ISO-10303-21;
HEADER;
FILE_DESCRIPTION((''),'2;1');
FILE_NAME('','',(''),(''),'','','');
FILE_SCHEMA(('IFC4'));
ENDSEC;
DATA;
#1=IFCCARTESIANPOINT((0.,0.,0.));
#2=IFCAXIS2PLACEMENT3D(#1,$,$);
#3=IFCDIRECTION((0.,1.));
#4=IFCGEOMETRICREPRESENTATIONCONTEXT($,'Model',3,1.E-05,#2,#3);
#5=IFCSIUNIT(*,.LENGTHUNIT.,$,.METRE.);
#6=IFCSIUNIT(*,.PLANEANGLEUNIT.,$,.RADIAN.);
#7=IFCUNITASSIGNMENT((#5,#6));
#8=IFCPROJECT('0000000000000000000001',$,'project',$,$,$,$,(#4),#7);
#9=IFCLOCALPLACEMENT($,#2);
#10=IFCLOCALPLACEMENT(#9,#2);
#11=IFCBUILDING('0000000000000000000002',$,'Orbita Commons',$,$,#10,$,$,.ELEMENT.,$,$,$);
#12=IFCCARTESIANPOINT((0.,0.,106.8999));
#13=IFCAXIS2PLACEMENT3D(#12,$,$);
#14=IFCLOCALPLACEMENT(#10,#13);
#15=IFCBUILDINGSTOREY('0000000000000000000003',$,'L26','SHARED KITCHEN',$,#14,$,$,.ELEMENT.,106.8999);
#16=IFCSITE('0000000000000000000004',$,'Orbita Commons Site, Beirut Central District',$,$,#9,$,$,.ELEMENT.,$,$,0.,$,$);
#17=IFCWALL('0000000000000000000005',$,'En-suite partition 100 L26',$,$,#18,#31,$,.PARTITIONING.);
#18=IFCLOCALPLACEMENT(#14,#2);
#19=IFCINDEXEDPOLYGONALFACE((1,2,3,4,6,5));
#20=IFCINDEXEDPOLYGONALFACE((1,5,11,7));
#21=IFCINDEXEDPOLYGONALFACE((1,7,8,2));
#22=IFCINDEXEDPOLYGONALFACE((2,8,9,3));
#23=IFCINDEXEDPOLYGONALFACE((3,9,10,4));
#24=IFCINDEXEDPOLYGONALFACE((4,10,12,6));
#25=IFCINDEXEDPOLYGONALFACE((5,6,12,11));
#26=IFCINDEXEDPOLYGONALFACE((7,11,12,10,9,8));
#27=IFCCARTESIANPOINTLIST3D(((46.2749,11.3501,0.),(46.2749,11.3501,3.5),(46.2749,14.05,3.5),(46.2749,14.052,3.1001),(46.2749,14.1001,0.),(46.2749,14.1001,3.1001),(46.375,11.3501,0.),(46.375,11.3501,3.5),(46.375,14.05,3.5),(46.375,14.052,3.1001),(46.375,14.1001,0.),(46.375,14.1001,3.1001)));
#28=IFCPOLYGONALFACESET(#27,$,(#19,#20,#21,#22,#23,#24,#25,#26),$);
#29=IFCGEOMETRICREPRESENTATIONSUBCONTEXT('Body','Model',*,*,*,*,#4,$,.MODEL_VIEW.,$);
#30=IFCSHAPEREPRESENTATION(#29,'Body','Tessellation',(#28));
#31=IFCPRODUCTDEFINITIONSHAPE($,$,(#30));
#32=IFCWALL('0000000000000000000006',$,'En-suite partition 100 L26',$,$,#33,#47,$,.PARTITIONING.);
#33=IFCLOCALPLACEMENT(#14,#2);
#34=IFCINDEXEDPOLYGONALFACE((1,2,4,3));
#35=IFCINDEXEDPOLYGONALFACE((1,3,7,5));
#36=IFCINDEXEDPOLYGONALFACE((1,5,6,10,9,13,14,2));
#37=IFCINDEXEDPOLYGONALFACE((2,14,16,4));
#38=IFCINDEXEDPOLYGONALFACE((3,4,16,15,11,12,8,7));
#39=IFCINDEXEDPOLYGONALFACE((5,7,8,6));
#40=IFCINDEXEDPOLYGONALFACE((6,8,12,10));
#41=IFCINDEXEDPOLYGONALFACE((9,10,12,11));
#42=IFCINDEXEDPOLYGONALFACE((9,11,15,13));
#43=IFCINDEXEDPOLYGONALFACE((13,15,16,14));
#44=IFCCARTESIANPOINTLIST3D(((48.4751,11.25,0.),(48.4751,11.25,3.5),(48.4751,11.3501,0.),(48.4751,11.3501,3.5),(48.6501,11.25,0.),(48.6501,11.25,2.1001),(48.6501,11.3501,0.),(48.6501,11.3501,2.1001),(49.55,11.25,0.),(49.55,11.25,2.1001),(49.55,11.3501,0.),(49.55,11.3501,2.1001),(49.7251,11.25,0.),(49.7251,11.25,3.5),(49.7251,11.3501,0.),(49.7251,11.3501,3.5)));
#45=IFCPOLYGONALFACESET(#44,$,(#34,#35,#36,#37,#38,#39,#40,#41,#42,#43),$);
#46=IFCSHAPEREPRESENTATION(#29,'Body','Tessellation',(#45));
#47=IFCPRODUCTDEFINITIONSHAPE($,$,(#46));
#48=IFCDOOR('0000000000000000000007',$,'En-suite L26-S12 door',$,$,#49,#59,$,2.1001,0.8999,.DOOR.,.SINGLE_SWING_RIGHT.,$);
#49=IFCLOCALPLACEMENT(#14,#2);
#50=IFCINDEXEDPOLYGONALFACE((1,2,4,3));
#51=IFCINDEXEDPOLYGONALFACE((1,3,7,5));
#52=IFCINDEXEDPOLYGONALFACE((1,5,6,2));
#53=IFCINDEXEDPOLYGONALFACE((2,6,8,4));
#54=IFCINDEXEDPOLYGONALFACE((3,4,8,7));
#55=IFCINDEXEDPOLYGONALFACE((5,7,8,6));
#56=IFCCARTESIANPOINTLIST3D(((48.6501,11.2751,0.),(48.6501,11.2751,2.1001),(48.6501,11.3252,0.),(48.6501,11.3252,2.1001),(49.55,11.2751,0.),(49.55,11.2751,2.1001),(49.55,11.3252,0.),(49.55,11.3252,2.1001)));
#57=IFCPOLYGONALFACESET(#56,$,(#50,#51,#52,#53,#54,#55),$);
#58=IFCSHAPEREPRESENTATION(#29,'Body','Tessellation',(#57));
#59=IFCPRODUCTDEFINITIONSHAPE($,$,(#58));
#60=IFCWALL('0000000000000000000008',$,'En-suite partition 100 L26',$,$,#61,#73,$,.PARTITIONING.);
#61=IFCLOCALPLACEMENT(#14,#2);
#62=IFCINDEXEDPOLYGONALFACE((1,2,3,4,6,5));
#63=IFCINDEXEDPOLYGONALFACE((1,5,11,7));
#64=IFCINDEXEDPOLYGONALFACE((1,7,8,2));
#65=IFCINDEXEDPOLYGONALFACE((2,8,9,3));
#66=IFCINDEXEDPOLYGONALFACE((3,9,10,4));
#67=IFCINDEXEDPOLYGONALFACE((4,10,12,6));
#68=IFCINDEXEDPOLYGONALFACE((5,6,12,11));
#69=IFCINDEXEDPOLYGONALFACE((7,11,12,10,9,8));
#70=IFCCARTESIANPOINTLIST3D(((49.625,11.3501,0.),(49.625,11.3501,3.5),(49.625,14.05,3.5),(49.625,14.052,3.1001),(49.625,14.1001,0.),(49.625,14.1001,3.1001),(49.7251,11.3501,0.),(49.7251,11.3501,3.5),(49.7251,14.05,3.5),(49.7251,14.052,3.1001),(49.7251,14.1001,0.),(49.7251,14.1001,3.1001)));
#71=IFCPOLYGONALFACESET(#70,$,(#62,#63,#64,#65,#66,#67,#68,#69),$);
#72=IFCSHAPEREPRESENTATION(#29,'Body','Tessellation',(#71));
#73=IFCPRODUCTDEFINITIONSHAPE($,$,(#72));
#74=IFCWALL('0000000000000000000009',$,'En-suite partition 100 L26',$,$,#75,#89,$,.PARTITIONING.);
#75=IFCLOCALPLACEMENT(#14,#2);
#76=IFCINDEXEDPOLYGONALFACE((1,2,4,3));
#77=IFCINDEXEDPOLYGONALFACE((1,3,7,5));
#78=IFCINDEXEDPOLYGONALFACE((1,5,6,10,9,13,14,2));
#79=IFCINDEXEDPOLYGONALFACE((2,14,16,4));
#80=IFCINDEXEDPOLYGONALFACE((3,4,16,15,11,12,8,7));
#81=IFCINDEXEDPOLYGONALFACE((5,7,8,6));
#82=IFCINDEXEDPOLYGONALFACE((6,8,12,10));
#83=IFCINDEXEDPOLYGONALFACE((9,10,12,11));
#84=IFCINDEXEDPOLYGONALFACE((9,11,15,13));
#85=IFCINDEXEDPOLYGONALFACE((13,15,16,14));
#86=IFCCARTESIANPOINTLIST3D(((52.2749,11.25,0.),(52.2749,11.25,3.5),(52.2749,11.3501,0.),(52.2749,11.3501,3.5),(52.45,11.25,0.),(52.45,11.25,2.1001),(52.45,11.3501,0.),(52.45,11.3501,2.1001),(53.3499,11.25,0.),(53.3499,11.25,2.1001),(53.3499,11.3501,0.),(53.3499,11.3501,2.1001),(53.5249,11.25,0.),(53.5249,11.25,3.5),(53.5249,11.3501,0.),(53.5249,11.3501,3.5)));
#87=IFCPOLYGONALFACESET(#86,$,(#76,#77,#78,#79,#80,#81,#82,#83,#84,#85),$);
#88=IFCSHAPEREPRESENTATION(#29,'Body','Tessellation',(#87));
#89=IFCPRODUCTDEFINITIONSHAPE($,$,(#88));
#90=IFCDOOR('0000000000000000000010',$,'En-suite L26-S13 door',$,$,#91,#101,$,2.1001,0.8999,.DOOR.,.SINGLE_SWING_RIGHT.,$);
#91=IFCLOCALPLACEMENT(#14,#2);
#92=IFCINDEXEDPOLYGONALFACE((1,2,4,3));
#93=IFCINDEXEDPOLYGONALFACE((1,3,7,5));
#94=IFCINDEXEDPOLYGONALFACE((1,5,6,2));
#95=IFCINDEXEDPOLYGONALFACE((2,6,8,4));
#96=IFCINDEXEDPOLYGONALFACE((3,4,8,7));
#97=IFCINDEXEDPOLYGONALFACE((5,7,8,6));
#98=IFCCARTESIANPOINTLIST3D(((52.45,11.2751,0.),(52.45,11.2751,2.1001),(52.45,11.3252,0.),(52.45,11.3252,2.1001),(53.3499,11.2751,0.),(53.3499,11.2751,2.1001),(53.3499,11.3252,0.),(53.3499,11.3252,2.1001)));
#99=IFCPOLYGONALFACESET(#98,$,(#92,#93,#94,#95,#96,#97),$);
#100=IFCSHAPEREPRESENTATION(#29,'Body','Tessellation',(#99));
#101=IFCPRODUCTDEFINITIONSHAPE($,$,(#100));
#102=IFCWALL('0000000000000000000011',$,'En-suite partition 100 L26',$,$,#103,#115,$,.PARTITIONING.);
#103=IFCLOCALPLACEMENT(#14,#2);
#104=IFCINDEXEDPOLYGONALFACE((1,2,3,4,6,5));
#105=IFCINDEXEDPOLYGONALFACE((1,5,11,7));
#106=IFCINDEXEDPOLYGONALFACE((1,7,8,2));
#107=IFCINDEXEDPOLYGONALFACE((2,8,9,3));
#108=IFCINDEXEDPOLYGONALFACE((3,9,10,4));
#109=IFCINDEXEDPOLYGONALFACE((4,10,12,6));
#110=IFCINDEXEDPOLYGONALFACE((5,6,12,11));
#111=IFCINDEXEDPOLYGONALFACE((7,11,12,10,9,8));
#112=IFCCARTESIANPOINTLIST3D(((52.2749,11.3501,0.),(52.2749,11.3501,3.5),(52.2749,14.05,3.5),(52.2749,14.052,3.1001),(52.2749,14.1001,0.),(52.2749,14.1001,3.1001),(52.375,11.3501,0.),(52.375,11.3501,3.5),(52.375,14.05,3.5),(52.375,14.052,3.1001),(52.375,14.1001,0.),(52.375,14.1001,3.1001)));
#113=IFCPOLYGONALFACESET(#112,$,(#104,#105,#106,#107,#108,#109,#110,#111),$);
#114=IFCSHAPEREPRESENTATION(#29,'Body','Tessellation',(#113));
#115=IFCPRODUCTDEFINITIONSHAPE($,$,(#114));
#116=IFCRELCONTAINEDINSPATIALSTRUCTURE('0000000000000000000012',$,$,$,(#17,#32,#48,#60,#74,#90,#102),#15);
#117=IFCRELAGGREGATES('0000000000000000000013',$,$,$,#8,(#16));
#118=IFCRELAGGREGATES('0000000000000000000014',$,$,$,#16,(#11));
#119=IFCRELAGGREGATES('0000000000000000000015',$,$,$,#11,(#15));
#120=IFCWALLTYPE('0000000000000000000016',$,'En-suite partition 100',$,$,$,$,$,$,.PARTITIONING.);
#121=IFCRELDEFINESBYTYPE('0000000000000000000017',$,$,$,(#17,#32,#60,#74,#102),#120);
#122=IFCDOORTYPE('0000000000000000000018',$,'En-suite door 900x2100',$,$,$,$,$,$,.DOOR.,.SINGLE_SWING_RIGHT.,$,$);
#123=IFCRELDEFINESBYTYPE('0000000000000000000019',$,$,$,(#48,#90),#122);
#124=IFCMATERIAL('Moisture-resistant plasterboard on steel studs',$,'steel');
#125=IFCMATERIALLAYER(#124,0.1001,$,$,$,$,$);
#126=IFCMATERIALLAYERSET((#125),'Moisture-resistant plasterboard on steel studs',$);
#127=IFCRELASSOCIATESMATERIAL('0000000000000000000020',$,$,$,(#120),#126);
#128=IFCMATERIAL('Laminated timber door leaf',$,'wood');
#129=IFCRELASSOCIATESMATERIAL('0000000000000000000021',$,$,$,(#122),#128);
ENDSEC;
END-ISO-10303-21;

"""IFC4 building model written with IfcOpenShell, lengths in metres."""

from ifc_helpers import new_model, si_unit, direction, frame, frame_2d, origin, place, context, subcontext, project, spatial, polyline, rectangle, outline, extrude, material, layer, layer_set, type_object, element, fill, save


model = new_model("IFC4")

# Units and contexts
model_context = context("Model", 3, precision=1e-05, world=origin(), true_north=direction((0.0, 1.0)))
body_context = subcontext(model_context, "Body", "Model", "MODEL_VIEW")
ifc_project = project(units=[si_unit("LENGTHUNIT", "METRE"), si_unit("PLANEANGLEUNIT", "RADIAN")], contexts=[model_context])

# Site, building, storey
site_placement = place(None, origin())
site = spatial("IfcSite", under=ifc_project, at=site_placement, Name="Orbita Commons Site, Beirut Central District", CompositionType="ELEMENT", RefElevation=0.0)
building_placement = place(site_placement, origin())
building = spatial("IfcBuilding", under=site, at=building_placement, Name="Orbita Commons", CompositionType="ELEMENT")
storey_placement = place(building_placement, frame((0.0, 0.0, 106.8999)))
storey = spatial("IfcBuildingStorey", under=building, at=storey_placement, Name="L26", Description="SHARED KITCHEN", CompositionType="ELEMENT", Elevation=106.8999)

# Shared definitions
ifc_material_1 = material(Name="Moisture-resistant plasterboard on steel studs", Category="steel")
ifc_layer = layer(ifc_material_1, 0.1001)
ifc_layer_set = layer_set([ifc_layer], Name="Moisture-resistant plasterboard on steel studs")
wall_type = type_object("IfcWallType", Name="En-suite partition 100", PredefinedType="PARTITIONING", material=ifc_layer_set)
ifc_material_2 = material(Name="Laminated timber door leaf", Category="wood")
door_type = type_object("IfcDoorType", Name="En-suite door 900x2100", OperationType="SINGLE_SWING_RIGHT", PredefinedType="DOOR", material=ifc_material_2)

# Wall
wall_1_placement = place(storey_placement, frame((46.325, 11.3501, 0.0), z_axis=(0.0, 0.0, 1.0), x_axis=(0.0, 1.0, 0.0)))
element("IfcWall", 1, at=wall_1_placement, inside=storey, type_object=wall_type, Name="En-suite partition 100 L26", PredefinedType="PARTITIONING", context=body_context, shape_type="SweptSolid", body=[
    extrude(outline(polyline([(0.0, 0.0), (2.75, 0.0), (2.75, 3.1001), (2.7019, 3.1001), (2.7, 3.5), (0.0, 3.5), (0.0, 0.0)])), frame((0.0, 0.05, 0.0), z_axis=(0.0, -1.0, 0.0), x_axis=(1.0, 0.0, 0.0)), (0.0, 0.0, 1.0), 0.1001),
])

# Wall, opening, door
wall_2_placement = place(storey_placement, frame((49.7251, 11.3, 0.0), z_axis=(0.0, 0.0, 1.0), x_axis=(-1.0, 0.0, 0.0)))
wall_2 = element("IfcWall", 2, at=wall_2_placement, inside=storey, type_object=wall_type, Name="En-suite partition 100 L26", PredefinedType="PARTITIONING", context=body_context, shape_type="SweptSolid", body=[
    extrude(rectangle(XDim=1.25, YDim=0.1001, at=frame_2d((0.625, 0.0))), origin(), (0.0, 0.0, 1.0), 3.5),
])
opening_1_placement = place(wall_2_placement, frame((0.175, 0.0, 0.0)))
opening_1 = element("IfcOpeningElement", 3, at=opening_1_placement, cuts=wall_2, PredefinedType="OPENING", context=body_context, shape_type="SweptSolid", body=[
    extrude(rectangle(XDim=0.8999, YDim=2.1001, at=frame_2d((0.45, 1.05))), frame((0.0, 0.0601, 0.0), z_axis=(0.0, -1.0, 0.0), x_axis=(1.0, 0.0, 0.0)), (0.0, 0.0, 1.0), 0.1201),
])
door_1_placement = place(opening_1_placement, origin())
door_1 = element("IfcDoor", 4, at=door_1_placement, inside=storey, type_object=door_type, Name="En-suite L26-S12 door", OperationType="SINGLE_SWING_RIGHT", OverallHeight=2.1001, OverallWidth=0.8999, PredefinedType="DOOR", context=body_context, shape_type="SweptSolid", body=[
    extrude(rectangle(XDim=0.8999, YDim=2.1001, at=frame_2d((0.45, 1.05))), frame((0.0, 0.0249, 0.0), z_axis=(0.0, -1.0, 0.0), x_axis=(1.0, 0.0, 0.0)), (0.0, 0.0, 1.0), 0.05),
])
fill(opening_1, door_1)

# Wall
wall_3_placement = place(storey_placement, frame((49.675, 11.3501, 0.0), z_axis=(0.0, 0.0, 1.0), x_axis=(0.0, 1.0, 0.0)))
element("IfcWall", 5, at=wall_3_placement, inside=storey, type_object=wall_type, Name="En-suite partition 100 L26", PredefinedType="PARTITIONING", context=body_context, shape_type="SweptSolid", body=[
    extrude(outline(polyline([(0.0, 0.0), (2.75, 0.0), (2.75, 3.1001), (2.7019, 3.1001), (2.7, 3.5), (0.0, 3.5), (0.0, 0.0)])), frame((0.0, 0.05, 0.0), z_axis=(0.0, -1.0, 0.0), x_axis=(1.0, 0.0, 0.0)), (0.0, 0.0, 1.0), 0.1001),
])

# Wall, opening, door
wall_4_placement = place(storey_placement, frame((53.5249, 11.3, 0.0), z_axis=(0.0, 0.0, 1.0), x_axis=(-1.0, 0.0, 0.0)))
wall_4 = element("IfcWall", 6, at=wall_4_placement, inside=storey, type_object=wall_type, Name="En-suite partition 100 L26", PredefinedType="PARTITIONING", context=body_context, shape_type="SweptSolid", body=[
    extrude(rectangle(XDim=1.25, YDim=0.1001, at=frame_2d((0.625, 0.0))), origin(), (0.0, 0.0, 1.0), 3.5),
])
opening_2_placement = place(wall_4_placement, frame((0.175, 0.0, 0.0)))
opening_2 = element("IfcOpeningElement", 7, at=opening_2_placement, cuts=wall_4, PredefinedType="OPENING", context=body_context, shape_type="SweptSolid", body=[
    extrude(rectangle(XDim=0.8999, YDim=2.1001, at=frame_2d((0.45, 1.05))), frame((0.0, 0.0601, 0.0), z_axis=(0.0, -1.0, 0.0), x_axis=(1.0, 0.0, 0.0)), (0.0, 0.0, 1.0), 0.1201),
])
door_2_placement = place(opening_2_placement, origin())
door_2 = element("IfcDoor", 8, at=door_2_placement, inside=storey, type_object=door_type, Name="En-suite L26-S13 door", OperationType="SINGLE_SWING_RIGHT", OverallHeight=2.1001, OverallWidth=0.8999, PredefinedType="DOOR", context=body_context, shape_type="SweptSolid", body=[
    extrude(rectangle(XDim=0.8999, YDim=2.1001, at=frame_2d((0.45, 1.05))), frame((0.0, 0.0249, 0.0), z_axis=(0.0, -1.0, 0.0), x_axis=(1.0, 0.0, 0.0)), (0.0, 0.0, 1.0), 0.05),
])
fill(opening_2, door_2)

# Wall
wall_5_placement = place(storey_placement, frame((52.325, 11.3501, 0.0), z_axis=(0.0, 0.0, 1.0), x_axis=(0.0, 1.0, 0.0)))
element("IfcWall", 9, at=wall_5_placement, inside=storey, type_object=wall_type, Name="En-suite partition 100 L26", PredefinedType="PARTITIONING", context=body_context, shape_type="SweptSolid", body=[
    extrude(outline(polyline([(0.0, 0.0), (2.75, 0.0), (2.75, 3.1001), (2.7019, 3.1001), (2.7, 3.5), (0.0, 3.5), (0.0, 0.0)])), frame((0.0, 0.05, 0.0), z_axis=(0.0, -1.0, 0.0), x_axis=(1.0, 0.0, 0.0)), (0.0, 0.0, 1.0), 0.1001),
])

save(model, "model.ifc")
